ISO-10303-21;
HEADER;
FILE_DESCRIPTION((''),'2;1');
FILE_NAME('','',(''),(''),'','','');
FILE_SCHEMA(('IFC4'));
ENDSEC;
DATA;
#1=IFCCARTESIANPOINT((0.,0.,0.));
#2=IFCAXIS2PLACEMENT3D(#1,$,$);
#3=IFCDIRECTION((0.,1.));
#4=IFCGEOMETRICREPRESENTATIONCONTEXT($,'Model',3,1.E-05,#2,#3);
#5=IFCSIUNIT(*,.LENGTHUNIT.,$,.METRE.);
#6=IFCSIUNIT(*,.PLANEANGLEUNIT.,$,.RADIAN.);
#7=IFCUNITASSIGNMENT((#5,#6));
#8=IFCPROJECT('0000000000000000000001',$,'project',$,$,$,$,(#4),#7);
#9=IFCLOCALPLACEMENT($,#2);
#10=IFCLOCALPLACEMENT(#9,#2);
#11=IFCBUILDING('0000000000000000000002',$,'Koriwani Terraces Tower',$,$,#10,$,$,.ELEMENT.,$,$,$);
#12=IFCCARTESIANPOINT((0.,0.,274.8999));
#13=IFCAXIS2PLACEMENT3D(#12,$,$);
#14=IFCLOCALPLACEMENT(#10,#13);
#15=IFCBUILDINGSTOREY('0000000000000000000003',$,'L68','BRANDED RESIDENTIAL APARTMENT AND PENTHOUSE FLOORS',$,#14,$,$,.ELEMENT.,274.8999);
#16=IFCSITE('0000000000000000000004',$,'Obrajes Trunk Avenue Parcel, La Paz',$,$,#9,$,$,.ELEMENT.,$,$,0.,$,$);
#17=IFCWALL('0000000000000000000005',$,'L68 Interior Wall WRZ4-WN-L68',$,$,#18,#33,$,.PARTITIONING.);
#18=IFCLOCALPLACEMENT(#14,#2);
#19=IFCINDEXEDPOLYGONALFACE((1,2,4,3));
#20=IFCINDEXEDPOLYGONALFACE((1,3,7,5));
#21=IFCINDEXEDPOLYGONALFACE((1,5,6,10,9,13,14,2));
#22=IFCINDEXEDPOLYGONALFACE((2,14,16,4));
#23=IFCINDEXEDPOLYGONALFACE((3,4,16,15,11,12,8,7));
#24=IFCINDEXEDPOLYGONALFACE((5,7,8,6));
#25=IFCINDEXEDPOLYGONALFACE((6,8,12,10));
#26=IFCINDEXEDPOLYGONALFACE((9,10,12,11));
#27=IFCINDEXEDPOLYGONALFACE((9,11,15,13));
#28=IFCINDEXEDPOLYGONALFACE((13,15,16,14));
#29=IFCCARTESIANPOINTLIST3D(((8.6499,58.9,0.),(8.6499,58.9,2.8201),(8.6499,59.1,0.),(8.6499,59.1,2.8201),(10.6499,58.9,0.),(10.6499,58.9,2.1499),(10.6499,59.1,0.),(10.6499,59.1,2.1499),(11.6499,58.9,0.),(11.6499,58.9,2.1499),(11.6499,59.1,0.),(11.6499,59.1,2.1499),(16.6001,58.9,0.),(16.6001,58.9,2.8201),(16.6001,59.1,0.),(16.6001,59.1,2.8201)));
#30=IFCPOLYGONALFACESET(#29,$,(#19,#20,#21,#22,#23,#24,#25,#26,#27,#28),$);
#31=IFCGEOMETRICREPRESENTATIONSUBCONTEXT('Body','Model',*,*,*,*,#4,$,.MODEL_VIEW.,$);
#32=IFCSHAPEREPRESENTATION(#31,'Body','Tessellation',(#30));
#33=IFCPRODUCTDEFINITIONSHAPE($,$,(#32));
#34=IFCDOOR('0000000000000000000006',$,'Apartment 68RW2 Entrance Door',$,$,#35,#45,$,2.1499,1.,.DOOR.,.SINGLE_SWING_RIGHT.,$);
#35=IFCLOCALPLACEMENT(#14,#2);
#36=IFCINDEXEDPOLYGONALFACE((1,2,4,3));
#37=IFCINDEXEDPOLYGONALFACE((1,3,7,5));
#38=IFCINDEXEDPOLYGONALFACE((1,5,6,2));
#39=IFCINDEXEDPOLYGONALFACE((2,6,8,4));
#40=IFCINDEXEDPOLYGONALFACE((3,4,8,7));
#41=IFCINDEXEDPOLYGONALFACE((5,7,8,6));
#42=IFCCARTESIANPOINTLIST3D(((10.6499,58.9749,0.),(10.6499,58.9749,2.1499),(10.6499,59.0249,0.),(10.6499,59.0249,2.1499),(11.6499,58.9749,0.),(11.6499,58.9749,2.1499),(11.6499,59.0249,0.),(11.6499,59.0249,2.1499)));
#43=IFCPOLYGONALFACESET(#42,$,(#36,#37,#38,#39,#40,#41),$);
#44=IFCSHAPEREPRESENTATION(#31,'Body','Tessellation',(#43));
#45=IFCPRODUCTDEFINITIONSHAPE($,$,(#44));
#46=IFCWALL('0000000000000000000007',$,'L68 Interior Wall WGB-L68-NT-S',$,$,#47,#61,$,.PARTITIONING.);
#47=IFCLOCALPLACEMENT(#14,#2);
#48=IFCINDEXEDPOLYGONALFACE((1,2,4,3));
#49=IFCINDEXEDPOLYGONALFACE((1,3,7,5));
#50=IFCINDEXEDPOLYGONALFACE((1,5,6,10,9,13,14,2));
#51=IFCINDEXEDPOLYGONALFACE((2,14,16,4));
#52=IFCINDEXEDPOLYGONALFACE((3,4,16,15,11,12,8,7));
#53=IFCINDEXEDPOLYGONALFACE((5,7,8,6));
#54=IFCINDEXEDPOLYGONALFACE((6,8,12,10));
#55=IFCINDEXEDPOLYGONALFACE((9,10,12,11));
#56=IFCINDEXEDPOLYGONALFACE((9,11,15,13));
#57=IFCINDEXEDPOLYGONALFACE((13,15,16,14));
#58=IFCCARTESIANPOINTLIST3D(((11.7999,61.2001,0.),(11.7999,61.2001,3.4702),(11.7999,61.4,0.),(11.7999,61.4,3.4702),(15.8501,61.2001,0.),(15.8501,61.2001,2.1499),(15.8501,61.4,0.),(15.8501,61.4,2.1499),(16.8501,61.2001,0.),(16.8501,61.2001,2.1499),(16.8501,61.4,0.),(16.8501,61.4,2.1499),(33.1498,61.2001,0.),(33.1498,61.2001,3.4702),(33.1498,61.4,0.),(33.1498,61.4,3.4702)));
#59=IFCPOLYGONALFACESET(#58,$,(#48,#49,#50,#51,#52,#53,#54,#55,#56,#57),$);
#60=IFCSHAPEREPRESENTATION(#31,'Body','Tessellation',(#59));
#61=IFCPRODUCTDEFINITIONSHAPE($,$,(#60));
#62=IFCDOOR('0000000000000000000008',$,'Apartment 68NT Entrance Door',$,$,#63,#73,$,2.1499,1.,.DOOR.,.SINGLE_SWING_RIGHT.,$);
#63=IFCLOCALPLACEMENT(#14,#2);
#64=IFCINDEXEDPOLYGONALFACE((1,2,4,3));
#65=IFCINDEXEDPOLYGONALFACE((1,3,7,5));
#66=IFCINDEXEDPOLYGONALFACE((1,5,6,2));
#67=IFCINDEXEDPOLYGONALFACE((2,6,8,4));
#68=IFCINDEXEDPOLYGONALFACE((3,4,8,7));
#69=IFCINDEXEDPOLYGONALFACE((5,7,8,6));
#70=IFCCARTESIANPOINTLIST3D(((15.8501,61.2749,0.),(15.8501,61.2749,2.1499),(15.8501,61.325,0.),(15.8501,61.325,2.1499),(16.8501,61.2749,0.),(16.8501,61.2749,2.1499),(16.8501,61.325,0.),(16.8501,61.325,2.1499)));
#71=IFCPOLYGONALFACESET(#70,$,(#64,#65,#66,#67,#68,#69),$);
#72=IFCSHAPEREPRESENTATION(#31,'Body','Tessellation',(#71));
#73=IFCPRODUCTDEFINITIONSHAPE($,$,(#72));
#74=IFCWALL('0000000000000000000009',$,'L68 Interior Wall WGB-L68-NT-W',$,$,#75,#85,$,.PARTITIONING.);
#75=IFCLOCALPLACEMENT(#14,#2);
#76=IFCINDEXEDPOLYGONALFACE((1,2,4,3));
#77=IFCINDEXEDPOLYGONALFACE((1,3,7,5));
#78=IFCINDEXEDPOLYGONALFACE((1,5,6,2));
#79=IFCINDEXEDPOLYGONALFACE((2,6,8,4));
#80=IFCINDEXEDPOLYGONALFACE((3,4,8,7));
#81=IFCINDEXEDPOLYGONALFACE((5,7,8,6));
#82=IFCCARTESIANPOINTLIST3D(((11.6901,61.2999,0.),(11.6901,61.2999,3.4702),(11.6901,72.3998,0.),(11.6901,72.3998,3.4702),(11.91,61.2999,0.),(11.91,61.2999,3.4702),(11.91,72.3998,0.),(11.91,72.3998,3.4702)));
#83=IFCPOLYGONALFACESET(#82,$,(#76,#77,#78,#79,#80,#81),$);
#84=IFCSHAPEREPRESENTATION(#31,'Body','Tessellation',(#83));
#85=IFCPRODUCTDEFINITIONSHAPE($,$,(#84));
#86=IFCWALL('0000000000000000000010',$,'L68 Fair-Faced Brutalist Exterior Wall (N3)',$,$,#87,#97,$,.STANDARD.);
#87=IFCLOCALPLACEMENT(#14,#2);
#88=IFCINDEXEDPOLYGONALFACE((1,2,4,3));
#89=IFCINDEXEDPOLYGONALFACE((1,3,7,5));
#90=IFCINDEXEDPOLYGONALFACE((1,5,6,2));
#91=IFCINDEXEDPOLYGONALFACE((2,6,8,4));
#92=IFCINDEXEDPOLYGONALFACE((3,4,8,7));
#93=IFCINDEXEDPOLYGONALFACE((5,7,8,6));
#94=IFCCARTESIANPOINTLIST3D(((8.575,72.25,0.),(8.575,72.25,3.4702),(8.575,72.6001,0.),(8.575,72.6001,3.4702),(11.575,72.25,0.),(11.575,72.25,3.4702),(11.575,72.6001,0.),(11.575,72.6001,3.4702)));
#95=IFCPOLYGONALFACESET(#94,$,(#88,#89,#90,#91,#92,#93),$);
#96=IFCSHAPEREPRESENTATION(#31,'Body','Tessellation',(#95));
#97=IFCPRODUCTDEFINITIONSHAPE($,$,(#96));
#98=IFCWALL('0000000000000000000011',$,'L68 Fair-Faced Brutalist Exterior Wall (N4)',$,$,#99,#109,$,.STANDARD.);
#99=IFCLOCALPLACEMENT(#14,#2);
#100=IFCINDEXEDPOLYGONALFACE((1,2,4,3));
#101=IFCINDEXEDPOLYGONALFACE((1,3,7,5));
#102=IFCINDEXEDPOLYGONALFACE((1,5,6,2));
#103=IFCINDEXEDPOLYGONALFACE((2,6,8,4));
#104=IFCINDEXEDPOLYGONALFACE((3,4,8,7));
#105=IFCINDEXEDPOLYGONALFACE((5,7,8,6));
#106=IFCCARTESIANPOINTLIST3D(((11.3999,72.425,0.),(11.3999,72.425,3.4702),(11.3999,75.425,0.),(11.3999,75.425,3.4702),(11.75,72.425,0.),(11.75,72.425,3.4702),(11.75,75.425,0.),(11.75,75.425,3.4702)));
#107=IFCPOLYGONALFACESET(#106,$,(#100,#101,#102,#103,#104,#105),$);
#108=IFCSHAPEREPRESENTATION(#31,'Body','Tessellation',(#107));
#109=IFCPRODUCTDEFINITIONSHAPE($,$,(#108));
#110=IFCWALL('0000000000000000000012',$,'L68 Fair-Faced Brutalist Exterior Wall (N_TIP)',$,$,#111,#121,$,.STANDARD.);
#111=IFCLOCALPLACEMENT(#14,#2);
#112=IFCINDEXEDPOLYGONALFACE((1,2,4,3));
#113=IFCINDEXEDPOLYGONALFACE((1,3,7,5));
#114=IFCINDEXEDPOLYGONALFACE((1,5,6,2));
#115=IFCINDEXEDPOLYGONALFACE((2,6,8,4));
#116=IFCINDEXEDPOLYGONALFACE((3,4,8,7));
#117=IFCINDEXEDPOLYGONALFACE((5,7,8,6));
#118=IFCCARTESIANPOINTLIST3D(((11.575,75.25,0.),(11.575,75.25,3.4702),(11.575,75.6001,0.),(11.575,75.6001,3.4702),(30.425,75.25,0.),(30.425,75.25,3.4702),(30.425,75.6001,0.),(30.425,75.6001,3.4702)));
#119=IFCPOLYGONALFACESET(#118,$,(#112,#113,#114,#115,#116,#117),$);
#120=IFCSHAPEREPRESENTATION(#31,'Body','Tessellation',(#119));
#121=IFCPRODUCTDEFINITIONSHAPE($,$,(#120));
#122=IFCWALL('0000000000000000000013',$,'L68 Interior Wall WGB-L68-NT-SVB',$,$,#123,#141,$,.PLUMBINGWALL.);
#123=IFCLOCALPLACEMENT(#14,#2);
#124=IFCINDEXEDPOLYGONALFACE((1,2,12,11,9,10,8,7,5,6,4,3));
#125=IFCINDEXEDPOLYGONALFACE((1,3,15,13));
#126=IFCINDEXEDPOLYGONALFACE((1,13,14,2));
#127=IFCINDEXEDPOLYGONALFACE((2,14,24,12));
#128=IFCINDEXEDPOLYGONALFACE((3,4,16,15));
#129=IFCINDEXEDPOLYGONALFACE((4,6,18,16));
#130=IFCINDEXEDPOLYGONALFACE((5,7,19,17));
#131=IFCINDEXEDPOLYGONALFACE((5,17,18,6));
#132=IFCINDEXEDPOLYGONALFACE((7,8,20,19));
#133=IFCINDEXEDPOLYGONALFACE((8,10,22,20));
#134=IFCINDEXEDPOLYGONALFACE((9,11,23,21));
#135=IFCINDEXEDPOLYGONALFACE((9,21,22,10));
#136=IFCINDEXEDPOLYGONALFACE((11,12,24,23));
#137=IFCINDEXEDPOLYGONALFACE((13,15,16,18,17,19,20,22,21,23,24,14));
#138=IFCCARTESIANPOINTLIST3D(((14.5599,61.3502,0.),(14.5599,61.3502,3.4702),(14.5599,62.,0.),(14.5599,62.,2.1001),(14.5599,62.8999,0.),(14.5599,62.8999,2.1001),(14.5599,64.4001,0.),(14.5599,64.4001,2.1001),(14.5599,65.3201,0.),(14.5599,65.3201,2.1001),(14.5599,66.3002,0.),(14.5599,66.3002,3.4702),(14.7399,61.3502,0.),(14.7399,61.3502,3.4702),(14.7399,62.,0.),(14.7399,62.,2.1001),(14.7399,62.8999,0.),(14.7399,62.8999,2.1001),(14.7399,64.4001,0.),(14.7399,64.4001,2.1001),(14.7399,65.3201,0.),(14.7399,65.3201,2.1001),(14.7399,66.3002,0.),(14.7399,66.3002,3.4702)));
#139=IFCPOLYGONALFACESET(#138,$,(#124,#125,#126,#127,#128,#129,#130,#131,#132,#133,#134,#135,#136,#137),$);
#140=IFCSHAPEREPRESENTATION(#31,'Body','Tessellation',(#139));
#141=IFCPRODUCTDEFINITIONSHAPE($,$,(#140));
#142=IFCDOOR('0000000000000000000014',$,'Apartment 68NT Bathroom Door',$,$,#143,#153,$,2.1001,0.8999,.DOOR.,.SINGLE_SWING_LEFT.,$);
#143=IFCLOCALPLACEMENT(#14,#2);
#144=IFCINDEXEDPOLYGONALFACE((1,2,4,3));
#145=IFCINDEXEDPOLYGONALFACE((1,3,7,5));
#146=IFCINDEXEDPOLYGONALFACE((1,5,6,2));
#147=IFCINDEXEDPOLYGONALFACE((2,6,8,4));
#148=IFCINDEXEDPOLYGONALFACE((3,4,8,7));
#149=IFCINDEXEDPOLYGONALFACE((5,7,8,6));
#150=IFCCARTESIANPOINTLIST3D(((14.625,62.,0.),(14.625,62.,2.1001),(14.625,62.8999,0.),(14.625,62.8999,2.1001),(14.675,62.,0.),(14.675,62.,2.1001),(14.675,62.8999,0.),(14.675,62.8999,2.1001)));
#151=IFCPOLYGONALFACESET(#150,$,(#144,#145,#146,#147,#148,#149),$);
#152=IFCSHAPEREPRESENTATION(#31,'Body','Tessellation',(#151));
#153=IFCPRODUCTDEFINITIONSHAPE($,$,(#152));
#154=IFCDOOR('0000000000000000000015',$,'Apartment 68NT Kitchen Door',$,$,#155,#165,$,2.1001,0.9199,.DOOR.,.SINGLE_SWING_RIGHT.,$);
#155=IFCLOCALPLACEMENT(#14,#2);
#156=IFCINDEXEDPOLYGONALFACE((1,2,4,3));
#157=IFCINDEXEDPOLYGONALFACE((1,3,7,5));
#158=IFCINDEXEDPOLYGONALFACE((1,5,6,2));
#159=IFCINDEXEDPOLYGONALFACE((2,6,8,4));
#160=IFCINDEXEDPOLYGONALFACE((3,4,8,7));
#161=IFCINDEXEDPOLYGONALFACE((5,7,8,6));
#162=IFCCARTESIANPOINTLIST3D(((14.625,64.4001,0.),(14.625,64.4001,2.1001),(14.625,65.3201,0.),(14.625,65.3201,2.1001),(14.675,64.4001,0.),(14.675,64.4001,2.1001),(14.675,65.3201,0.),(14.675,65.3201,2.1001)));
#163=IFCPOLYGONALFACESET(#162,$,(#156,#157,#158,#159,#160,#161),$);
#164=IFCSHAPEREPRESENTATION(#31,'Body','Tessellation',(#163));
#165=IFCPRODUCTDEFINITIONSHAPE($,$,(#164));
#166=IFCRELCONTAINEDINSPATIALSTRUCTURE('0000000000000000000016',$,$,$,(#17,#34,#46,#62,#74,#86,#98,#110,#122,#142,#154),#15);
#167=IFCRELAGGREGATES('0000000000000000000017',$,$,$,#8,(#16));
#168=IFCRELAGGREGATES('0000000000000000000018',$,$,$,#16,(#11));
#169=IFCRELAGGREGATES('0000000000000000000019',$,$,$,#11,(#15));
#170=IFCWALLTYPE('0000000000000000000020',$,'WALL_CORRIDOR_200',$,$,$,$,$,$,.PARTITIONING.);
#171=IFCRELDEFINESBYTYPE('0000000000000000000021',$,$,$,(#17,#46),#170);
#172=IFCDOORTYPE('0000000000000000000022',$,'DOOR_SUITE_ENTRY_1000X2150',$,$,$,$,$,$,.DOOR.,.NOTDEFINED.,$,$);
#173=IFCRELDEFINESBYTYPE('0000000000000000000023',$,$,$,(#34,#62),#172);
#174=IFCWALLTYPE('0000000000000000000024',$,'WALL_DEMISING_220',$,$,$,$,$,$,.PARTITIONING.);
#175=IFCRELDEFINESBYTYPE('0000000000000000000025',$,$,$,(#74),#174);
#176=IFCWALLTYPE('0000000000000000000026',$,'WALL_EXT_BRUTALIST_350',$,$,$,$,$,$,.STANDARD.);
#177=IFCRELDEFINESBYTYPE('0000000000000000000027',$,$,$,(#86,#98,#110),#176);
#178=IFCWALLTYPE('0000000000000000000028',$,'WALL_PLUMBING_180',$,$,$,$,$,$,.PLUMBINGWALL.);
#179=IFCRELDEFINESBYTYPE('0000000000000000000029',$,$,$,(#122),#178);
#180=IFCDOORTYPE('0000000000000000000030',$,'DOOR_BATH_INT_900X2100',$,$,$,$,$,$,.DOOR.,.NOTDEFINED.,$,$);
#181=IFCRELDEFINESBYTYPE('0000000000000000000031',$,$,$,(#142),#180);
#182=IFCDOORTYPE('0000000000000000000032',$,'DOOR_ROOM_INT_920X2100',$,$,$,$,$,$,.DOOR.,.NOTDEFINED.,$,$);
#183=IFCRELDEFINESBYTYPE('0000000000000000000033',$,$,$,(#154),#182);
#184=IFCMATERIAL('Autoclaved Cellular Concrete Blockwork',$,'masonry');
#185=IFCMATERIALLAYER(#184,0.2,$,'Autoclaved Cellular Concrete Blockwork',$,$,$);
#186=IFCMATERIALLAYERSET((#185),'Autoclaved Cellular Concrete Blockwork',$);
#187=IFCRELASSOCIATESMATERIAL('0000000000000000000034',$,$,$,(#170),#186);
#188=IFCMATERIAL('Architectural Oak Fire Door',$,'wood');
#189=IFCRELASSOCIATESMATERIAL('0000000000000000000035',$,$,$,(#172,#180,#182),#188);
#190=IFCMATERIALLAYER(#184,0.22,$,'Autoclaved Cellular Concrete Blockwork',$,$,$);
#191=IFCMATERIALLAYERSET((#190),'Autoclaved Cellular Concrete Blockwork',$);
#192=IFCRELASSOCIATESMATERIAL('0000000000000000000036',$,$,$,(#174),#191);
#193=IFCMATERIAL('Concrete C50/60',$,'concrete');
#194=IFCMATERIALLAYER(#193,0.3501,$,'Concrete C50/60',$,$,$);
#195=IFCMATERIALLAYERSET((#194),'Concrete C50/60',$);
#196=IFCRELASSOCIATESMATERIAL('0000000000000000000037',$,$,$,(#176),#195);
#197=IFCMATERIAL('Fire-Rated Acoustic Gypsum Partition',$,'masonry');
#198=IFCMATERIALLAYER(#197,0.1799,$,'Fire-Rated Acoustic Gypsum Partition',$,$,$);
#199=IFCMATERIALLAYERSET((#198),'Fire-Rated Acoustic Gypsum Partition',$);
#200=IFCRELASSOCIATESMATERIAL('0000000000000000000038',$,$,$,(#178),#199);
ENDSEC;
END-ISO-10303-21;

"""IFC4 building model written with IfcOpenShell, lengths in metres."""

from ifc_helpers import new_model, si_unit, direction, frame, frame_2d, origin, place, context, subcontext, project, spatial, rectangle, extrude, material, layer, layer_set, type_object, element, fill, save


model = new_model("IFC4")

# Units and contexts
model_context = context("Model", 3, precision=1e-05, world=origin(), true_north=direction((0.0, 1.0)))
body_context = subcontext(model_context, "Body", "Model", "MODEL_VIEW")
ifc_project = project(units=[si_unit("LENGTHUNIT", "METRE"), si_unit("PLANEANGLEUNIT", "RADIAN")], contexts=[model_context])

# Site, building, storey
site_placement = place(None, origin())
site = spatial("IfcSite", under=ifc_project, at=site_placement, Name="Obrajes Trunk Avenue Parcel, La Paz", CompositionType="ELEMENT", RefElevation=0.0)
building_placement = place(site_placement, origin())
building = spatial("IfcBuilding", under=site, at=building_placement, Name="Koriwani Terraces Tower", CompositionType="ELEMENT")
storey_placement = place(building_placement, frame((0.0, 0.0, 274.8999)))
storey = spatial("IfcBuildingStorey", under=building, at=storey_placement, Name="L68", Description="BRANDED RESIDENTIAL APARTMENT AND PENTHOUSE FLOORS", CompositionType="ELEMENT", Elevation=274.8999)

# Shared definitions
ifc_material_1 = material(Name="Concrete C50/60", Category="concrete")

# Walls, openings, doors
ifc_material_2 = material(Name="Autoclaved Cellular Concrete Blockwork", Category="masonry")
ifc_layer_1 = layer(ifc_material_2, 0.2, Name="Autoclaved Cellular Concrete Blockwork")
ifc_layer_set_1 = layer_set([ifc_layer_1], Name="Autoclaved Cellular Concrete Blockwork")
wall_type_1 = type_object("IfcWallType", Name="WALL_CORRIDOR_200", PredefinedType="PARTITIONING", material=ifc_layer_set_1)
wall_1_placement = place(storey_placement, frame((8.6499, 59.0, 0.0), z_axis=(0.0, 0.0, 1.0), x_axis=(1.0, 0.0, 0.0)))
wall_1 = element("IfcWall", 1, at=wall_1_placement, inside=storey, type_object=wall_type_1, Name="L68 Interior Wall WRZ4-WN-L68", PredefinedType="PARTITIONING", context=body_context, shape_type="SweptSolid", body=[
    extrude(rectangle(XDim=7.9502, YDim=0.2, at=frame_2d((3.9751, 0.0))), origin(), (0.0, 0.0, 1.0), 2.8201),
])
opening_1_placement = place(wall_1_placement, frame((2.0, 0.0, 0.0)))
opening_1 = element("IfcOpeningElement", 2, at=opening_1_placement, cuts=wall_1, PredefinedType="OPENING", context=body_context, shape_type="SweptSolid", body=[
    extrude(rectangle(XDim=1.0, YDim=2.1499, at=frame_2d((0.5, 1.075))), frame((0.0, 0.1099, 0.0), z_axis=(0.0, -1.0, 0.0), x_axis=(1.0, 0.0, 0.0)), (0.0, 0.0, 1.0), 0.22),
])
ifc_material_3 = material(Name="Architectural Oak Fire Door", Category="wood")
door_type_1 = type_object("IfcDoorType", Name="DOOR_SUITE_ENTRY_1000X2150", OperationType="NOTDEFINED", PredefinedType="DOOR", material=ifc_material_3)
door_1_placement = place(opening_1_placement, origin())
door_1 = element("IfcDoor", 3, at=door_1_placement, inside=storey, type_object=door_type_1, Name="Apartment 68RW2 Entrance Door", OperationType="SINGLE_SWING_RIGHT", OverallHeight=2.1499, OverallWidth=1.0, PredefinedType="DOOR", context=body_context, shape_type="SweptSolid", body=[
    extrude(rectangle(XDim=1.0, YDim=2.1499, at=frame_2d((0.5, 1.075))), frame((0.0, 0.0249, 0.0), z_axis=(0.0, -1.0, 0.0), x_axis=(1.0, 0.0, 0.0)), (0.0, 0.0, 1.0), 0.05),
])
fill(opening_1, door_1)
wall_2_placement = place(storey_placement, frame((11.8, 61.3, 0.0), z_axis=(0.0, 0.0, 1.0), x_axis=(1.0, 0.0, 0.0)))
wall_2 = element("IfcWall", 4, at=wall_2_placement, inside=storey, type_object=wall_type_1, Name="L68 Interior Wall WGB-L68-NT-S", PredefinedType="PARTITIONING", context=body_context, shape_type="SweptSolid", body=[
    extrude(rectangle(XDim=21.3499, YDim=0.2, at=frame_2d((10.6748, 0.0))), origin(), (0.0, 0.0, 1.0), 3.4702),
])
opening_2_placement = place(wall_2_placement, frame((4.05, 0.0, 0.0)))
opening_2 = element("IfcOpeningElement", 5, at=opening_2_placement, cuts=wall_2, PredefinedType="OPENING", context=body_context, shape_type="SweptSolid", body=[
    extrude(rectangle(XDim=1.0, YDim=2.1499, at=frame_2d((0.5, 1.075))), frame((0.0, 0.1099, 0.0), z_axis=(0.0, -1.0, 0.0), x_axis=(1.0, 0.0, 0.0)), (0.0, 0.0, 1.0), 0.22),
])
door_2_placement = place(opening_2_placement, origin())
door_2 = element("IfcDoor", 6, at=door_2_placement, inside=storey, type_object=door_type_1, Name="Apartment 68NT Entrance Door", OperationType="SINGLE_SWING_RIGHT", OverallHeight=2.1499, OverallWidth=1.0, PredefinedType="DOOR", context=body_context, shape_type="SweptSolid", body=[
    extrude(rectangle(XDim=1.0, YDim=2.1499, at=frame_2d((0.5, 1.075))), frame((0.0, 0.0249, 0.0), z_axis=(0.0, -1.0, 0.0), x_axis=(1.0, 0.0, 0.0)), (0.0, 0.0, 1.0), 0.05),
])
fill(opening_2, door_2)

# Walls
ifc_layer_2 = layer(ifc_material_2, 0.22, Name="Autoclaved Cellular Concrete Blockwork")
ifc_layer_set_2 = layer_set([ifc_layer_2], Name="Autoclaved Cellular Concrete Blockwork")
wall_type_2 = type_object("IfcWallType", Name="WALL_DEMISING_220", PredefinedType="PARTITIONING", material=ifc_layer_set_2)
wall_3_placement = place(storey_placement, frame((11.8, 61.3, 0.0), z_axis=(0.0, 0.0, 1.0), x_axis=(0.0, 1.0, 0.0)))
element("IfcWall", 7, at=wall_3_placement, inside=storey, type_object=wall_type_2, Name="L68 Interior Wall WGB-L68-NT-W", PredefinedType="PARTITIONING", context=body_context, shape_type="SweptSolid", body=[
    extrude(rectangle(XDim=11.0999, YDim=0.22, at=frame_2d((5.5498, 0.0))), origin(), (0.0, 0.0, 1.0), 3.4702),
])
ifc_layer_3 = layer(ifc_material_1, 0.3501, Name="Concrete C50/60")
ifc_layer_set_3 = layer_set([ifc_layer_3], Name="Concrete C50/60")
wall_type_3 = type_object("IfcWallType", Name="WALL_EXT_BRUTALIST_350", PredefinedType="STANDARD", material=ifc_layer_set_3)
for number, where, z_axis, x_axis, name in (
    (8, (8.575, 72.425, 0.0), (0.0, 0.0, 1.0), (1.0, 0.0, 0.0), "L68 Fair-Faced Brutalist Exterior Wall (N3)"),
    (9, (11.575, 72.425, 0.0), (0.0, 0.0, 1.0), (0.0, 1.0, 0.0), "L68 Fair-Faced Brutalist Exterior Wall (N4)"),
):
    element("IfcWall", number, at=place(storey_placement, frame(where, z_axis=z_axis, x_axis=x_axis)), inside=storey, type_object=wall_type_3, Name=name, PredefinedType="STANDARD", context=body_context, shape_type="SweptSolid", body=[
        extrude(rectangle(XDim=3.0, YDim=0.3501, at=frame_2d((1.5, 0.0))), origin(), (0.0, 0.0, 1.0), 3.4702),
    ])
wall_4_placement = place(storey_placement, frame((11.575, 75.425, 0.0), z_axis=(0.0, 0.0, 1.0), x_axis=(1.0, 0.0, 0.0)))
element("IfcWall", 10, at=wall_4_placement, inside=storey, type_object=wall_type_3, Name="L68 Fair-Faced Brutalist Exterior Wall (N_TIP)", PredefinedType="STANDARD", context=body_context, shape_type="SweptSolid", body=[
    extrude(rectangle(XDim=18.8501, YDim=0.3501, at=frame_2d((9.425, 0.0))), origin(), (0.0, 0.0, 1.0), 3.4702),
])

# Wall, openings, doors
ifc_material_4 = material(Name="Fire-Rated Acoustic Gypsum Partition", Category="masonry")
ifc_layer_4 = layer(ifc_material_4, 0.1799, Name="Fire-Rated Acoustic Gypsum Partition")
ifc_layer_set_4 = layer_set([ifc_layer_4], Name="Fire-Rated Acoustic Gypsum Partition")
wall_type_4 = type_object("IfcWallType", Name="WALL_PLUMBING_180", PredefinedType="PLUMBINGWALL", material=ifc_layer_set_4)
wall_5_placement = place(storey_placement, frame((14.6499, 61.3501, 0.0), z_axis=(0.0, 0.0, 1.0), x_axis=(0.0, 1.0, 0.0)))
wall_5 = element("IfcWall", 11, at=wall_5_placement, inside=storey, type_object=wall_type_4, Name="L68 Interior Wall WGB-L68-NT-SVB", PredefinedType="PLUMBINGWALL", context=body_context, shape_type="SweptSolid", body=[
    extrude(rectangle(XDim=4.95, YDim=0.1799, at=frame_2d((2.4751, 0.0))), origin(), (0.0, 0.0, 1.0), 3.4702),
])
opening_3_placement = place(wall_5_placement, frame((0.6499, 0.0, 0.0)))
opening_3 = element("IfcOpeningElement", 12, at=opening_3_placement, cuts=wall_5, PredefinedType="OPENING", context=body_context, shape_type="SweptSolid", body=[
    extrude(rectangle(XDim=0.8999, YDim=2.1001, at=frame_2d((0.45, 1.05))), frame((0.0, 0.1001, 0.0), z_axis=(0.0, -1.0, 0.0), x_axis=(1.0, 0.0, 0.0)), (0.0, 0.0, 1.0), 0.2),
])
opening_4_placement = place(wall_5_placement, frame((3.05, 0.0, 0.0)))
opening_4 = element("IfcOpeningElement", 13, at=opening_4_placement, cuts=wall_5, PredefinedType="OPENING", context=body_context, shape_type="SweptSolid", body=[
    extrude(rectangle(XDim=0.9199, YDim=2.1001, at=frame_2d((0.46, 1.05))), frame((0.0, 0.1001, 0.0), z_axis=(0.0, -1.0, 0.0), x_axis=(1.0, 0.0, 0.0)), (0.0, 0.0, 1.0), 0.2),
])
door_type_2 = type_object("IfcDoorType", Name="DOOR_BATH_INT_900X2100", OperationType="NOTDEFINED", PredefinedType="DOOR", material=ifc_material_3)
door_3_placement = place(opening_3_placement, origin())
door_3 = element("IfcDoor", 14, at=door_3_placement, inside=storey, type_object=door_type_2, Name="Apartment 68NT Bathroom Door", OperationType="SINGLE_SWING_LEFT", OverallHeight=2.1001, OverallWidth=0.8999, PredefinedType="DOOR", context=body_context, shape_type="SweptSolid", body=[
    extrude(rectangle(XDim=0.8999, YDim=2.1001, at=frame_2d((0.45, 1.05))), frame((0.0, 0.0249, 0.0), z_axis=(0.0, -1.0, 0.0), x_axis=(1.0, 0.0, 0.0)), (0.0, 0.0, 1.0), 0.05),
])
fill(opening_3, door_3)
door_type_3 = type_object("IfcDoorType", Name="DOOR_ROOM_INT_920X2100", OperationType="NOTDEFINED", PredefinedType="DOOR", material=ifc_material_3)
door_4_placement = place(opening_4_placement, origin())
door_4 = element("IfcDoor", 15, at=door_4_placement, inside=storey, type_object=door_type_3, Name="Apartment 68NT Kitchen Door", OperationType="SINGLE_SWING_RIGHT", OverallHeight=2.1001, OverallWidth=0.9199, PredefinedType="DOOR", context=body_context, shape_type="SweptSolid", body=[
    extrude(rectangle(XDim=0.9199, YDim=2.1001, at=frame_2d((0.46, 1.05))), frame((0.0, 0.0249, 0.0), z_axis=(0.0, -1.0, 0.0), x_axis=(1.0, 0.0, 0.0)), (0.0, 0.0, 1.0), 0.05),
])
fill(opening_4, door_4)

save(model, "model.ifc")
